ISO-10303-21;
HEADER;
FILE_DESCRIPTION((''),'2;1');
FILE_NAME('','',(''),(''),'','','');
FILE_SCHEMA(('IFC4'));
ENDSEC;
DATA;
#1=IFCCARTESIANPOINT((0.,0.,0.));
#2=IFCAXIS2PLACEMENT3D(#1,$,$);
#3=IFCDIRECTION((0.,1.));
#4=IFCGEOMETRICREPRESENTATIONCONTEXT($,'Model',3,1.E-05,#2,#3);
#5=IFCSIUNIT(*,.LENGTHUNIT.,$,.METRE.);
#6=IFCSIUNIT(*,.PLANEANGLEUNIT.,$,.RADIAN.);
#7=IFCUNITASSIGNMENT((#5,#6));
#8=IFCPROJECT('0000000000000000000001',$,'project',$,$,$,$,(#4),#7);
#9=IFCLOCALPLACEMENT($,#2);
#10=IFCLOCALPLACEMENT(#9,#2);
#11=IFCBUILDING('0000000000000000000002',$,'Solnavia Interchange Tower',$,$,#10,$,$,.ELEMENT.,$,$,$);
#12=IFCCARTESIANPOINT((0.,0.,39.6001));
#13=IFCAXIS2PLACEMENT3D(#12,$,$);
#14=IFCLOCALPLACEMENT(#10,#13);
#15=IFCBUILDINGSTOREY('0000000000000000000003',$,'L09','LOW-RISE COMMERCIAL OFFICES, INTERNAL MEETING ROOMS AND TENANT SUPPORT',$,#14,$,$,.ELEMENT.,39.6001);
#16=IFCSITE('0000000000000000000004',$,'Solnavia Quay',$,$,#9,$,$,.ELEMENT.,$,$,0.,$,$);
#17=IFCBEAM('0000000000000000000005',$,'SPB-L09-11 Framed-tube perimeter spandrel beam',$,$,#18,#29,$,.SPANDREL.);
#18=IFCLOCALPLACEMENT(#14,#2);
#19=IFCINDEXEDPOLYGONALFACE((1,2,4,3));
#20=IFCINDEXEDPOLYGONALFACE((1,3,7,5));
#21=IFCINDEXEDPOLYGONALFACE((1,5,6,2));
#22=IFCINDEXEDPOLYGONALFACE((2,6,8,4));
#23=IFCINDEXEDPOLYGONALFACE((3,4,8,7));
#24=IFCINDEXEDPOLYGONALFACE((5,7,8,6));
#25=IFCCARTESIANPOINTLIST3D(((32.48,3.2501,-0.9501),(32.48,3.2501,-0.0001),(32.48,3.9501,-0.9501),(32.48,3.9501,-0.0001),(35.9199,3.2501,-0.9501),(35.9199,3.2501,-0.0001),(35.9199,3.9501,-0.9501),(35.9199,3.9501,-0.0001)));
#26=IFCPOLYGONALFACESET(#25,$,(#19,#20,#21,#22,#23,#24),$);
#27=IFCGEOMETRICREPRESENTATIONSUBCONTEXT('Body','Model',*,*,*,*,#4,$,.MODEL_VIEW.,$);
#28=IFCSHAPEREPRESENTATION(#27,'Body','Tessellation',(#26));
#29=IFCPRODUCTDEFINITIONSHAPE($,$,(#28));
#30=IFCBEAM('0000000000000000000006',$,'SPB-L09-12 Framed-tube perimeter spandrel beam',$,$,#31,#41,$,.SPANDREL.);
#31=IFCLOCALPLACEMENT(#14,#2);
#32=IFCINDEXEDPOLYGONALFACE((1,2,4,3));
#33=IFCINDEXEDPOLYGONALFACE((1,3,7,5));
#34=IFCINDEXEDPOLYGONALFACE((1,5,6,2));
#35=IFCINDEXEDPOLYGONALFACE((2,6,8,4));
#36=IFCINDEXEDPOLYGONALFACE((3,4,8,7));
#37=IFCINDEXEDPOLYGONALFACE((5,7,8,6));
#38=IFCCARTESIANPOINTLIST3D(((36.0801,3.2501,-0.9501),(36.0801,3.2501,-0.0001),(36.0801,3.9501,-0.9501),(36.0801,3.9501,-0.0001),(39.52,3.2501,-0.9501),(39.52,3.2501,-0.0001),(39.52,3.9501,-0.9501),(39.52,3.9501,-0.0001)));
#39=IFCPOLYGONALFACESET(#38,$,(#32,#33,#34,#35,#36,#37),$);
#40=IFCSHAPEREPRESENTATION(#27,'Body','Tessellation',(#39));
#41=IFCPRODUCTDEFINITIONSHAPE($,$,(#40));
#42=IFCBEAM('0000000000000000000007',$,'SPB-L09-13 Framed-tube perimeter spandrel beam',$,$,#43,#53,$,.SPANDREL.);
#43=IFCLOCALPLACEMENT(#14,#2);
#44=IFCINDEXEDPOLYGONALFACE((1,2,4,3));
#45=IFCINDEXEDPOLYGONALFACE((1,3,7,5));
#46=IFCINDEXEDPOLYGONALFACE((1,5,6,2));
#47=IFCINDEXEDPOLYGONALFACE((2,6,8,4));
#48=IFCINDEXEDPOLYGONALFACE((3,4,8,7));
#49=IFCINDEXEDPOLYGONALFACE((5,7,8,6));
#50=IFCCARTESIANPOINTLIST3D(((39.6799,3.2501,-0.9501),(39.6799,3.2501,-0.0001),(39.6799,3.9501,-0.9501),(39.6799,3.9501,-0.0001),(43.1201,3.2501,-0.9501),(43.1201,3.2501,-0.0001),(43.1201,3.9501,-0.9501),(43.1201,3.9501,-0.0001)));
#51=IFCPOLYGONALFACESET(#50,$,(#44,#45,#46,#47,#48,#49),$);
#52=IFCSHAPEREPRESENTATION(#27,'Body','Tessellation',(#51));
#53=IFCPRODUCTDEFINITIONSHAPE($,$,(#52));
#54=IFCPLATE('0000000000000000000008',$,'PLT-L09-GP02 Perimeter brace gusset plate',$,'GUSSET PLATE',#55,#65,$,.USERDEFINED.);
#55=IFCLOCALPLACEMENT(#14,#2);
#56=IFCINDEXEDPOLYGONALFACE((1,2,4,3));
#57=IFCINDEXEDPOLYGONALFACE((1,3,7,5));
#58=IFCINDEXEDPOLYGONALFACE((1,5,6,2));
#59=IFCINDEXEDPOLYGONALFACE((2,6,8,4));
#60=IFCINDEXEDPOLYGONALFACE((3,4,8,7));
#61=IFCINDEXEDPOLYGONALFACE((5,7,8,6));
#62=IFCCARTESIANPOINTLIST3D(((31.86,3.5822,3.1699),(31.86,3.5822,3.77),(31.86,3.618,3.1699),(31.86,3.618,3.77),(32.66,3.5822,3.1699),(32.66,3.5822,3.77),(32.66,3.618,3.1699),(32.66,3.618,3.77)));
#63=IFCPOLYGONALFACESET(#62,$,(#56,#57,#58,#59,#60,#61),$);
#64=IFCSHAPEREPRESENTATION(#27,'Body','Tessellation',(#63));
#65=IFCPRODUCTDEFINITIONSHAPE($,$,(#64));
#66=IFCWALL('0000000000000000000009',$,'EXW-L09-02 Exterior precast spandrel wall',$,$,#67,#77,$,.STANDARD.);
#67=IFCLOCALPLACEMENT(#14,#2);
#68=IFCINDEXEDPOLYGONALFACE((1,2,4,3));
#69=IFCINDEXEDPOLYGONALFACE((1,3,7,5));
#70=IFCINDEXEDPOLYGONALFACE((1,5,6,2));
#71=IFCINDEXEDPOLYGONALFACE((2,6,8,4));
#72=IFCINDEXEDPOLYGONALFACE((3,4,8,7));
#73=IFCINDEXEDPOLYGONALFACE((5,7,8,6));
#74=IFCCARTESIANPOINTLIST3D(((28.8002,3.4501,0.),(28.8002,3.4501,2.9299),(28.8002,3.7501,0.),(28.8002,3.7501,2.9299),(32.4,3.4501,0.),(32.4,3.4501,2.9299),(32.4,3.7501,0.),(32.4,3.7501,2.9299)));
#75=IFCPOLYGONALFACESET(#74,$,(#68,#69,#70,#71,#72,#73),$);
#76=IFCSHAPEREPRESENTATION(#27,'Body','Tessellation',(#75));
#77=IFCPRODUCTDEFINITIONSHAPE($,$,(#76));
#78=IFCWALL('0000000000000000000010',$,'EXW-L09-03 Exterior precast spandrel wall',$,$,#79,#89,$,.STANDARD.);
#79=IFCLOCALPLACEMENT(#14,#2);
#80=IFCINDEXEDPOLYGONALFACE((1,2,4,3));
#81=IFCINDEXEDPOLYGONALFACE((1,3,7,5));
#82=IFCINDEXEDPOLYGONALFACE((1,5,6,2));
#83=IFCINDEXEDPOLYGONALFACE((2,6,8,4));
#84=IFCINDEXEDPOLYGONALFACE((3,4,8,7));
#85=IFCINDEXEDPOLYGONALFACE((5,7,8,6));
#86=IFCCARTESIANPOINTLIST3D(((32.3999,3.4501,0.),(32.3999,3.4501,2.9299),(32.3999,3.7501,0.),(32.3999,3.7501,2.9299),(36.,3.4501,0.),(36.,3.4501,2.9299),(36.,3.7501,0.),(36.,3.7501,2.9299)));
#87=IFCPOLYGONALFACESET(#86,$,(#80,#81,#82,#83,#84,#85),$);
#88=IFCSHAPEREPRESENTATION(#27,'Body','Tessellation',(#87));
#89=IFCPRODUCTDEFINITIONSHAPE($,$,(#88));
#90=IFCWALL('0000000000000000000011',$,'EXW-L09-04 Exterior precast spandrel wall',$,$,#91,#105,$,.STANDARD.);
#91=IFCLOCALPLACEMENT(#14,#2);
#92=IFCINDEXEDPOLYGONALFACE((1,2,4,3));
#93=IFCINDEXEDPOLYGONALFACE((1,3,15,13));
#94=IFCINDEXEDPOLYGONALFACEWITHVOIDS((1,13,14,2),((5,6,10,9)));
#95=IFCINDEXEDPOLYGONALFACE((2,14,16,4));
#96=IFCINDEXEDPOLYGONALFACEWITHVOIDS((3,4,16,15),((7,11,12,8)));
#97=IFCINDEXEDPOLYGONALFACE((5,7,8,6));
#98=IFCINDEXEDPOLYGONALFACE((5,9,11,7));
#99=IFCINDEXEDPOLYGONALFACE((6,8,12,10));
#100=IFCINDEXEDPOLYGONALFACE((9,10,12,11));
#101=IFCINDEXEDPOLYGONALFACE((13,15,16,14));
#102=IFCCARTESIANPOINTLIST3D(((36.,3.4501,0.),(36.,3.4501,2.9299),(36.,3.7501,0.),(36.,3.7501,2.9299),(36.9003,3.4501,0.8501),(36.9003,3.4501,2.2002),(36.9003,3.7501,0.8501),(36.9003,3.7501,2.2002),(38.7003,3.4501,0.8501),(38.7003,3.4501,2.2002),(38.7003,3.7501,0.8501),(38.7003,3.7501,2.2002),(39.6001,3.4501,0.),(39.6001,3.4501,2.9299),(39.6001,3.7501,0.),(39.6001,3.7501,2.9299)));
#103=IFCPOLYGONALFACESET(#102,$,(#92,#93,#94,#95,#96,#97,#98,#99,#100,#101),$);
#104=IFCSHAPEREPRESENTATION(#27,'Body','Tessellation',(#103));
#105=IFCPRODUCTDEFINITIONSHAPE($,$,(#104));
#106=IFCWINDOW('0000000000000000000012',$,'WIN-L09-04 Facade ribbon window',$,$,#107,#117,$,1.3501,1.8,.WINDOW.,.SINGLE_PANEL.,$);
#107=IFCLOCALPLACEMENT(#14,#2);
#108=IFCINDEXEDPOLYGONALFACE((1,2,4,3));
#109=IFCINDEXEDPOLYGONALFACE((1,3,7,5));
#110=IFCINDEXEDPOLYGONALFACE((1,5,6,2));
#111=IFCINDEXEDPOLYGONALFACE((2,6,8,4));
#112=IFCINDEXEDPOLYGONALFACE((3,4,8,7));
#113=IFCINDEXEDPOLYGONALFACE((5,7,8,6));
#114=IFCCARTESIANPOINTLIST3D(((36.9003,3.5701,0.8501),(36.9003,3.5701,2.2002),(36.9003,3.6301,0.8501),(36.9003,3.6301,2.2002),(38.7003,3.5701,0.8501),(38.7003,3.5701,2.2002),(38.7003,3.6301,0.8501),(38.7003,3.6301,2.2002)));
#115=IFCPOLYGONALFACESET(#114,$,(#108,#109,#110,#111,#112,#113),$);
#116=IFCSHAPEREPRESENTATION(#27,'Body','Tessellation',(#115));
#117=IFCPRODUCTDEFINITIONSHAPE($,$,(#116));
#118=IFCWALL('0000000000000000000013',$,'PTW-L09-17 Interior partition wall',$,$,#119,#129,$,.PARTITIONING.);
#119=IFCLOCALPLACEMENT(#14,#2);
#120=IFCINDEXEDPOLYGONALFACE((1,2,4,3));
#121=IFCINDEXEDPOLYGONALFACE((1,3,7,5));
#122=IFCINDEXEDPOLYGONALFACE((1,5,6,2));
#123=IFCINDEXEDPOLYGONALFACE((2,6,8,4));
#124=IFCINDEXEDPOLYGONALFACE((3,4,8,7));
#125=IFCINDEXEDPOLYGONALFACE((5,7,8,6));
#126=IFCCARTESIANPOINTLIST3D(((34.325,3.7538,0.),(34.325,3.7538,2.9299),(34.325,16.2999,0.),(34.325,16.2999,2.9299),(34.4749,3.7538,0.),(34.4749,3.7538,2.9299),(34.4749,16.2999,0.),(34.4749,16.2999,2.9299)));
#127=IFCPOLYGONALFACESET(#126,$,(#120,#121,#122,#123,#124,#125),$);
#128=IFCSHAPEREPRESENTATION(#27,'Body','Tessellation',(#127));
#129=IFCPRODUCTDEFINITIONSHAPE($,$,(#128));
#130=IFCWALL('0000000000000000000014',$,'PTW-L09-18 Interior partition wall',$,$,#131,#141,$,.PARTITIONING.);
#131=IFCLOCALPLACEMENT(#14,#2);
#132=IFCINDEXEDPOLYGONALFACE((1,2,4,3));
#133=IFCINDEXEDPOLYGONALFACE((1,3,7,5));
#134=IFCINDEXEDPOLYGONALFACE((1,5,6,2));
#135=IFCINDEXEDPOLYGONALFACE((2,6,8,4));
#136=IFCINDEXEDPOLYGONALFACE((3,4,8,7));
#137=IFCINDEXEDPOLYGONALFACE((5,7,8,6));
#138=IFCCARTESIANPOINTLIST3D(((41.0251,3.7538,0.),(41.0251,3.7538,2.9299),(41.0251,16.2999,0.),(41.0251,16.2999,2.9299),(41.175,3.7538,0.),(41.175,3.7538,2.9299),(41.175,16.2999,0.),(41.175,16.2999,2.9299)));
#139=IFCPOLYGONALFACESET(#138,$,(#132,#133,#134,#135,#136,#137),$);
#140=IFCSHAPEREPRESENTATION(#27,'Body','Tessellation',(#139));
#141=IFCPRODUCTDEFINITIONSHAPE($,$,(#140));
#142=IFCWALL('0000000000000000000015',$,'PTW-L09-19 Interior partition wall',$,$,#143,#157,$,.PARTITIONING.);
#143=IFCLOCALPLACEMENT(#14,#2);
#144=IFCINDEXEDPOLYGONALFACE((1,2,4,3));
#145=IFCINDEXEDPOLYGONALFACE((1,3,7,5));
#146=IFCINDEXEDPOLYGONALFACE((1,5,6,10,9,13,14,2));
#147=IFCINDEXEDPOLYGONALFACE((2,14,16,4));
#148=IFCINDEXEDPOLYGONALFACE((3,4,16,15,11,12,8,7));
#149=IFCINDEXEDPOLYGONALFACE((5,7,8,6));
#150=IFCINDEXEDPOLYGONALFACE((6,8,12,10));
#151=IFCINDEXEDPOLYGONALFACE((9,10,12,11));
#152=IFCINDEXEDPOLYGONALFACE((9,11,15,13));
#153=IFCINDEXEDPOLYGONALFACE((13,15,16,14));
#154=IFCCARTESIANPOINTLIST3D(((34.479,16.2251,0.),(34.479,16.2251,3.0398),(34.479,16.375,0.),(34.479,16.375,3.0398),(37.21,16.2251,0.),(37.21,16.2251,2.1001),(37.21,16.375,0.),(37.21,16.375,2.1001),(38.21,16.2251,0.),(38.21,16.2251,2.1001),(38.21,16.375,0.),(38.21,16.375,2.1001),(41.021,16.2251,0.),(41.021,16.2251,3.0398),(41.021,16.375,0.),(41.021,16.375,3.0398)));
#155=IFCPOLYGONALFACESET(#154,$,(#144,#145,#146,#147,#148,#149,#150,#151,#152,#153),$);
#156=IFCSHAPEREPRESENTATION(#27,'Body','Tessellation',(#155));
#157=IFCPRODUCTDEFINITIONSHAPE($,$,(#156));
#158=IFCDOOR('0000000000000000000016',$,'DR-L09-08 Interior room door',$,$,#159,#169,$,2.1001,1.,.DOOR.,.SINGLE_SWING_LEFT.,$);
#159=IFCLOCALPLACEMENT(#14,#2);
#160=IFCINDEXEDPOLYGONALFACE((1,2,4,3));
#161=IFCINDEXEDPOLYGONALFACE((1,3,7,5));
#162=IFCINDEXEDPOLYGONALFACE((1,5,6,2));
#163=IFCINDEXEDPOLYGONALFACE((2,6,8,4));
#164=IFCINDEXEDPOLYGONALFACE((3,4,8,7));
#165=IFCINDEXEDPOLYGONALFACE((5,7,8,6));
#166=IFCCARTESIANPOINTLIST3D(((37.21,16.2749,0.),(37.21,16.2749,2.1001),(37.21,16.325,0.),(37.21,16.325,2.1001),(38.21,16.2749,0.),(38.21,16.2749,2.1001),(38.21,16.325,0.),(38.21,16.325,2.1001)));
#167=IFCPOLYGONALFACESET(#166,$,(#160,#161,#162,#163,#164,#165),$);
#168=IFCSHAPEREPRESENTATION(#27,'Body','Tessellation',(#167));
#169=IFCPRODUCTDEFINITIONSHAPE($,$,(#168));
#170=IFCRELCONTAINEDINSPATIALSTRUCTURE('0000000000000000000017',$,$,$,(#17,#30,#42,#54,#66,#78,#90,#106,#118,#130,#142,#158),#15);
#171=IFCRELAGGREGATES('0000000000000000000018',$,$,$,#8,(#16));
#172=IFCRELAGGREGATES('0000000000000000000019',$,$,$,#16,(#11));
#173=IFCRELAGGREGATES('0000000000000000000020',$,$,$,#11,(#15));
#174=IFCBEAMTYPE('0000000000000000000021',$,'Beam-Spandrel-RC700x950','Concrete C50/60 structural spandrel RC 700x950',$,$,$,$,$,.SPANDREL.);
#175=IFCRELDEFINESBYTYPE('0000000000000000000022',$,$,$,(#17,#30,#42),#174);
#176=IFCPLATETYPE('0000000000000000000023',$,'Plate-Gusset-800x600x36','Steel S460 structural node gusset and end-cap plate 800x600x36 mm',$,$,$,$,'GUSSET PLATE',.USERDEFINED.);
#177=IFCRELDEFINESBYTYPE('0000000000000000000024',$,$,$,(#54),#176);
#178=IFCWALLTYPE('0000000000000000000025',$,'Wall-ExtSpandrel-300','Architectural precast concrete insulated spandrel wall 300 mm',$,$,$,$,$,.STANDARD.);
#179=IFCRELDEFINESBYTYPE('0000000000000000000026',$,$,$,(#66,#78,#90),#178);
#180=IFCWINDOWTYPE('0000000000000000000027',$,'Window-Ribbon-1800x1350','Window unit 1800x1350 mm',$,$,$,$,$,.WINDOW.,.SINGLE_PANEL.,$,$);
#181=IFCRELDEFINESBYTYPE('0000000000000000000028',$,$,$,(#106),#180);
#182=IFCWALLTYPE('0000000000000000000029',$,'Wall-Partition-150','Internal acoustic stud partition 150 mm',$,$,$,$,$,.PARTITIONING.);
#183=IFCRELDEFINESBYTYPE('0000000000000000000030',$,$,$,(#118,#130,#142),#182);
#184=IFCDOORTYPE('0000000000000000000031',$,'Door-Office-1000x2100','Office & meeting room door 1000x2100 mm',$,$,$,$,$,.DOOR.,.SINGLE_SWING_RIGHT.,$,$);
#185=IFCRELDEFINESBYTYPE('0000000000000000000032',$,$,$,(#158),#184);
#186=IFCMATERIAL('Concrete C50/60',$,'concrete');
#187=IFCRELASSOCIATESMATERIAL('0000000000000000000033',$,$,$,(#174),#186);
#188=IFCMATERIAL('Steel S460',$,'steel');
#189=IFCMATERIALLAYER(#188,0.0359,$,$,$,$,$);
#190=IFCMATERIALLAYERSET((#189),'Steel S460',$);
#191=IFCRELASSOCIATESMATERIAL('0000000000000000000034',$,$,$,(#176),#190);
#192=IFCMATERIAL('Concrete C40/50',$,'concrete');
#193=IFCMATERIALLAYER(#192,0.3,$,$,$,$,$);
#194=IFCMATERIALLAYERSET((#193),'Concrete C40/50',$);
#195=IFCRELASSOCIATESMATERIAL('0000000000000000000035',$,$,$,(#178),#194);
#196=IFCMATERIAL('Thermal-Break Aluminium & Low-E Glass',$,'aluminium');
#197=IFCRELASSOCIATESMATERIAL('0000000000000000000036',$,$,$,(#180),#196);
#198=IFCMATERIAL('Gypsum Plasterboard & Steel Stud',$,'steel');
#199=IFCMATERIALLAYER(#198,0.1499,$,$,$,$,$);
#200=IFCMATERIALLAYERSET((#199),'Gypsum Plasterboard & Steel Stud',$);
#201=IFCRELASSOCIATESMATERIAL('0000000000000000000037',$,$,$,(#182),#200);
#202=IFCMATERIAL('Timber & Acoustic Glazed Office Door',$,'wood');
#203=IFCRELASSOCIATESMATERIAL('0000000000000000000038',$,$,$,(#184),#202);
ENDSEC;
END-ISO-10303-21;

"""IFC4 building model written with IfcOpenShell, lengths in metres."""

from ifc_helpers import new_model, si_unit, direction, frame, frame_2d, origin, origin_2d, place, context, subcontext, project, spatial, rectangle, extrude, material, layer, layer_set, material_profile, profile_set, type_object, element, fill, save


model = new_model("IFC4")

# Units and contexts
model_context = context("Model", 3, precision=1e-05, world=origin(), true_north=direction((0.0, 1.0)))
body_context = subcontext(model_context, "Body", "Model", "MODEL_VIEW")
ifc_project = project(units=[si_unit("LENGTHUNIT", "METRE"), si_unit("PLANEANGLEUNIT", "RADIAN")], contexts=[model_context])

# Site, building, storey
site_placement = place(None, origin())
site = spatial("IfcSite", under=ifc_project, at=site_placement, Name="Solnavia Quay", CompositionType="ELEMENT", RefElevation=0.0)
building_placement = place(site_placement, origin())
building = spatial("IfcBuilding", under=site, at=building_placement, Name="Solnavia Interchange Tower", CompositionType="ELEMENT")
storey_placement = place(building_placement, frame((0.0, 0.0, 39.6001)))
storey = spatial("IfcBuildingStorey", under=building, at=storey_placement, Name="L09", Description="LOW-RISE COMMERCIAL OFFICES, INTERNAL MEETING ROOMS AND TENANT SUPPORT", CompositionType="ELEMENT", Elevation=39.6001)

# Beams
ifc_material_1 = material(Name="Concrete C50/60", Category="concrete")
ifc_material_2 = material(Name="Steel S460", Category="steel")
ifc_material_profile_1 = material_profile(ifc_material_1, rectangle(XDim=0.7, YDim=0.95, at=origin_2d()), Name="RC 700x950")
ifc_profile_set_1 = profile_set([ifc_material_profile_1], Name="Concrete C50/60")
beam_type_1 = type_object("IfcBeamType", Name="Beam-Spandrel-RC700x950", Description="Concrete C50/60 structural spandrel RC 700x950", PredefinedType="SPANDREL", material=ifc_profile_set_1)
for number, where, z_axis, x_axis, name in (
    (1, (32.48, 3.6001, -0.4751), (1.0, 0.0, 0.0), (0.0, 1.0, 0.0), "SPB-L09-11 Framed-tube perimeter spandrel beam"),
    (2, (36.0801, 3.6001, -0.4751), (1.0, 0.0, 0.0), (0.0, 1.0, 0.0), "SPB-L09-12 Framed-tube perimeter spandrel beam"),
):
    element("IfcBeam", number, at=place(storey_placement, frame(where, z_axis=z_axis, x_axis=x_axis)), inside=storey, type_object=beam_type_1, Name=name, PredefinedType="SPANDREL", context=body_context, shape_type="SweptSolid", body=[
        extrude(rectangle(XDim=0.7, YDim=0.95, at=origin_2d()), origin(), (0.0, 0.0, 1.0), 3.4399),
    ])
beam_1_placement = place(storey_placement, frame((39.6799, 3.6001, -0.4751), z_axis=(1.0, 0.0, 0.0), x_axis=(0.0, 1.0, 0.0)))
element("IfcBeam", 3, at=beam_1_placement, inside=storey, type_object=beam_type_1, Name="SPB-L09-13 Framed-tube perimeter spandrel beam", PredefinedType="SPANDREL", context=body_context, shape_type="SweptSolid", body=[
    extrude(rectangle(XDim=0.7, YDim=0.95, at=origin_2d()), origin(), (0.0, 0.0, 1.0), 3.4402),
])

# Plate
ifc_layer_1 = layer(ifc_material_2, 0.0359)
ifc_layer_set_1 = layer_set([ifc_layer_1], Name="Steel S460")
plate_type = type_object("IfcPlateType", Name="Plate-Gusset-800x600x36", Description="Steel S460 structural node gusset and end-cap plate 800x600x36 mm", ElementType="GUSSET PLATE", PredefinedType="USERDEFINED", material=ifc_layer_set_1)
plate_placement = place(storey_placement, frame((32.26, 3.6001, 3.1699), z_axis=(0.0, 0.0, 1.0), x_axis=(1.0, 0.0, 0.0)))
element("IfcPlate", 4, at=plate_placement, inside=storey, type_object=plate_type, Name="PLT-L09-GP02 Perimeter brace gusset plate", ObjectType="GUSSET PLATE", PredefinedType="USERDEFINED", context=body_context, shape_type="SweptSolid", body=[
    extrude(rectangle(XDim=0.8, YDim=0.0359, at=origin_2d()), origin(), (0.0, 0.0, 1.0), 0.6001),
])

# Walls
ifc_material_3 = material(Name="Concrete C40/50", Category="concrete")
ifc_layer_2 = layer(ifc_material_3, 0.3)
ifc_layer_set_2 = layer_set([ifc_layer_2], Name="Concrete C40/50")
wall_type_1 = type_object("IfcWallType", Name="Wall-ExtSpandrel-300", Description="Architectural precast concrete insulated spandrel wall 300 mm", PredefinedType="STANDARD", material=ifc_layer_set_2)
wall_1_placement = place(storey_placement, frame((32.3999, 3.6001, 0.0), z_axis=(0.0, 0.0, 1.0), x_axis=(-1.0, 0.0, 0.0)))
element("IfcWall", 5, at=wall_1_placement, inside=storey, type_object=wall_type_1, Name="EXW-L09-02 Exterior precast spandrel wall", PredefinedType="STANDARD", context=body_context, shape_type="SweptSolid", body=[
    extrude(rectangle(XDim=3.5999, YDim=0.3, at=frame_2d((1.7998, 0.0))), origin(), (0.0, 0.0, 1.0), 2.9299),
])
wall_2_placement = place(storey_placement, frame((36.0, 3.6001, 0.0), z_axis=(0.0, 0.0, 1.0), x_axis=(-1.0, 0.0, 0.0)))
element("IfcWall", 6, at=wall_2_placement, inside=storey, type_object=wall_type_1, Name="EXW-L09-03 Exterior precast spandrel wall", PredefinedType="STANDARD", context=body_context, shape_type="SweptSolid", body=[
    extrude(rectangle(XDim=3.6001, YDim=0.3, at=frame_2d((1.8, 0.0))), origin(), (0.0, 0.0, 1.0), 2.9299),
])

# Wall, opening, window
wall_3_placement = place(storey_placement, frame((39.6001, 3.6001, 0.0), z_axis=(0.0, 0.0, 1.0), x_axis=(-1.0, 0.0, 0.0)))
wall_3 = element("IfcWall", 7, at=wall_3_placement, inside=storey, type_object=wall_type_1, Name="EXW-L09-04 Exterior precast spandrel wall", PredefinedType="STANDARD", context=body_context, shape_type="SweptSolid", body=[
    extrude(rectangle(XDim=3.6001, YDim=0.3, at=frame_2d((1.8, 0.0))), origin(), (0.0, 0.0, 1.0), 2.9299),
])
opening_1_placement = place(wall_3_placement, frame((0.8999, 0.0, 0.8501)))
opening_1 = element("IfcOpeningElement", 8, at=opening_1_placement, cuts=wall_3, PredefinedType="OPENING", context=body_context, shape_type="SweptSolid", body=[
    extrude(rectangle(XDim=1.8, YDim=1.3501, at=frame_2d((0.8999, 0.675))), frame((0.0, 0.1602, 0.0), z_axis=(0.0, -1.0, 0.0), x_axis=(1.0, 0.0, 0.0)), (0.0, 0.0, 1.0), 0.3201),
])
ifc_material_4 = material(Name="Thermal-Break Aluminium & Low-E Glass", Category="aluminium")
window_type = type_object("IfcWindowType", Name="Window-Ribbon-1800x1350", Description="Window unit 1800x1350 mm", PartitioningType="SINGLE_PANEL", PredefinedType="WINDOW", material=ifc_material_4)
window_placement = place(opening_1_placement, origin())
window = element("IfcWindow", 9, at=window_placement, inside=storey, type_object=window_type, Name="WIN-L09-04 Facade ribbon window", OverallHeight=1.3501, OverallWidth=1.8, PartitioningType="SINGLE_PANEL", PredefinedType="WINDOW", context=body_context, shape_type="SweptSolid", body=[
    extrude(rectangle(XDim=1.8, YDim=1.3501, at=frame_2d((0.8999, 0.675))), frame((0.0, 0.03, 0.0), z_axis=(0.0, -1.0, 0.0), x_axis=(1.0, 0.0, 0.0)), (0.0, 0.0, 1.0), 0.0601),
])
fill(opening_1, window)

# Walls
ifc_material_5 = material(Name="Gypsum Plasterboard & Steel Stud", Category="steel")
ifc_layer_3 = layer(ifc_material_5, 0.1499)
ifc_layer_set_3 = layer_set([ifc_layer_3], Name="Gypsum Plasterboard & Steel Stud")
wall_type_2 = type_object("IfcWallType", Name="Wall-Partition-150", Description="Internal acoustic stud partition 150 mm", PredefinedType="PARTITIONING", material=ifc_layer_set_3)
for number, where, z_axis, x_axis, name in (
    (10, (34.3999, 3.7539, 0.0), (0.0, 0.0, 1.0), (0.0, 1.0, 0.0), "PTW-L09-17 Interior partition wall"),
    (11, (41.1001, 3.7539, 0.0), (0.0, 0.0, 1.0), (0.0, 1.0, 0.0), "PTW-L09-18 Interior partition wall"),
):
    element("IfcWall", number, at=place(storey_placement, frame(where, z_axis=z_axis, x_axis=x_axis)), inside=storey, type_object=wall_type_2, Name=name, PredefinedType="PARTITIONING", context=body_context, shape_type="SweptSolid", body=[
        extrude(rectangle(XDim=12.5461, YDim=0.1499, at=frame_2d((6.2729, 0.0))), origin(), (0.0, 0.0, 1.0), 2.9299),
    ])

# Wall, opening, door
wall_4_placement = place(storey_placement, frame((34.479, 16.3, 0.0), z_axis=(0.0, 0.0, 1.0), x_axis=(1.0, 0.0, 0.0)))
wall_4 = element("IfcWall", 12, at=wall_4_placement, inside=storey, type_object=wall_type_2, Name="PTW-L09-19 Interior partition wall", PredefinedType="PARTITIONING", context=body_context, shape_type="SweptSolid", body=[
    extrude(rectangle(XDim=6.542, YDim=0.1499, at=frame_2d((3.271, 0.0))), origin(), (0.0, 0.0, 1.0), 3.0398),
])
opening_2_placement = place(wall_4_placement, frame((2.731, 0.0, 0.0)))
opening_2 = element("IfcOpeningElement", 13, at=opening_2_placement, cuts=wall_4, PredefinedType="OPENING", context=body_context, shape_type="SweptSolid", body=[
    extrude(rectangle(XDim=1.0, YDim=2.1001, at=frame_2d((0.5, 1.05))), frame((0.0, 0.085, 0.0), z_axis=(0.0, -1.0, 0.0), x_axis=(1.0, 0.0, 0.0)), (0.0, 0.0, 1.0), 0.1699),
])
ifc_material_6 = material(Name="Timber & Acoustic Glazed Office Door", Category="wood")
door_type_1 = type_object("IfcDoorType", Name="Door-Office-1000x2100", Description="Office & meeting room door 1000x2100 mm", OperationType="SINGLE_SWING_RIGHT", PredefinedType="DOOR", material=ifc_material_6)
door_1_placement = place(opening_2_placement, origin())
door_1 = element("IfcDoor", 14, at=door_1_placement, inside=storey, type_object=door_type_1, Name="DR-L09-08 Interior room door", OperationType="SINGLE_SWING_LEFT", OverallHeight=2.1001, OverallWidth=1.0, PredefinedType="DOOR", context=body_context, shape_type="SweptSolid", body=[
    extrude(rectangle(XDim=1.0, YDim=2.1001, at=frame_2d((0.5, 1.05))), frame((0.0, 0.0249, 0.0), z_axis=(0.0, -1.0, 0.0), x_axis=(1.0, 0.0, 0.0)), (0.0, 0.0, 1.0), 0.05),
])
fill(opening_2, door_1)

save(model, "model.ifc")
